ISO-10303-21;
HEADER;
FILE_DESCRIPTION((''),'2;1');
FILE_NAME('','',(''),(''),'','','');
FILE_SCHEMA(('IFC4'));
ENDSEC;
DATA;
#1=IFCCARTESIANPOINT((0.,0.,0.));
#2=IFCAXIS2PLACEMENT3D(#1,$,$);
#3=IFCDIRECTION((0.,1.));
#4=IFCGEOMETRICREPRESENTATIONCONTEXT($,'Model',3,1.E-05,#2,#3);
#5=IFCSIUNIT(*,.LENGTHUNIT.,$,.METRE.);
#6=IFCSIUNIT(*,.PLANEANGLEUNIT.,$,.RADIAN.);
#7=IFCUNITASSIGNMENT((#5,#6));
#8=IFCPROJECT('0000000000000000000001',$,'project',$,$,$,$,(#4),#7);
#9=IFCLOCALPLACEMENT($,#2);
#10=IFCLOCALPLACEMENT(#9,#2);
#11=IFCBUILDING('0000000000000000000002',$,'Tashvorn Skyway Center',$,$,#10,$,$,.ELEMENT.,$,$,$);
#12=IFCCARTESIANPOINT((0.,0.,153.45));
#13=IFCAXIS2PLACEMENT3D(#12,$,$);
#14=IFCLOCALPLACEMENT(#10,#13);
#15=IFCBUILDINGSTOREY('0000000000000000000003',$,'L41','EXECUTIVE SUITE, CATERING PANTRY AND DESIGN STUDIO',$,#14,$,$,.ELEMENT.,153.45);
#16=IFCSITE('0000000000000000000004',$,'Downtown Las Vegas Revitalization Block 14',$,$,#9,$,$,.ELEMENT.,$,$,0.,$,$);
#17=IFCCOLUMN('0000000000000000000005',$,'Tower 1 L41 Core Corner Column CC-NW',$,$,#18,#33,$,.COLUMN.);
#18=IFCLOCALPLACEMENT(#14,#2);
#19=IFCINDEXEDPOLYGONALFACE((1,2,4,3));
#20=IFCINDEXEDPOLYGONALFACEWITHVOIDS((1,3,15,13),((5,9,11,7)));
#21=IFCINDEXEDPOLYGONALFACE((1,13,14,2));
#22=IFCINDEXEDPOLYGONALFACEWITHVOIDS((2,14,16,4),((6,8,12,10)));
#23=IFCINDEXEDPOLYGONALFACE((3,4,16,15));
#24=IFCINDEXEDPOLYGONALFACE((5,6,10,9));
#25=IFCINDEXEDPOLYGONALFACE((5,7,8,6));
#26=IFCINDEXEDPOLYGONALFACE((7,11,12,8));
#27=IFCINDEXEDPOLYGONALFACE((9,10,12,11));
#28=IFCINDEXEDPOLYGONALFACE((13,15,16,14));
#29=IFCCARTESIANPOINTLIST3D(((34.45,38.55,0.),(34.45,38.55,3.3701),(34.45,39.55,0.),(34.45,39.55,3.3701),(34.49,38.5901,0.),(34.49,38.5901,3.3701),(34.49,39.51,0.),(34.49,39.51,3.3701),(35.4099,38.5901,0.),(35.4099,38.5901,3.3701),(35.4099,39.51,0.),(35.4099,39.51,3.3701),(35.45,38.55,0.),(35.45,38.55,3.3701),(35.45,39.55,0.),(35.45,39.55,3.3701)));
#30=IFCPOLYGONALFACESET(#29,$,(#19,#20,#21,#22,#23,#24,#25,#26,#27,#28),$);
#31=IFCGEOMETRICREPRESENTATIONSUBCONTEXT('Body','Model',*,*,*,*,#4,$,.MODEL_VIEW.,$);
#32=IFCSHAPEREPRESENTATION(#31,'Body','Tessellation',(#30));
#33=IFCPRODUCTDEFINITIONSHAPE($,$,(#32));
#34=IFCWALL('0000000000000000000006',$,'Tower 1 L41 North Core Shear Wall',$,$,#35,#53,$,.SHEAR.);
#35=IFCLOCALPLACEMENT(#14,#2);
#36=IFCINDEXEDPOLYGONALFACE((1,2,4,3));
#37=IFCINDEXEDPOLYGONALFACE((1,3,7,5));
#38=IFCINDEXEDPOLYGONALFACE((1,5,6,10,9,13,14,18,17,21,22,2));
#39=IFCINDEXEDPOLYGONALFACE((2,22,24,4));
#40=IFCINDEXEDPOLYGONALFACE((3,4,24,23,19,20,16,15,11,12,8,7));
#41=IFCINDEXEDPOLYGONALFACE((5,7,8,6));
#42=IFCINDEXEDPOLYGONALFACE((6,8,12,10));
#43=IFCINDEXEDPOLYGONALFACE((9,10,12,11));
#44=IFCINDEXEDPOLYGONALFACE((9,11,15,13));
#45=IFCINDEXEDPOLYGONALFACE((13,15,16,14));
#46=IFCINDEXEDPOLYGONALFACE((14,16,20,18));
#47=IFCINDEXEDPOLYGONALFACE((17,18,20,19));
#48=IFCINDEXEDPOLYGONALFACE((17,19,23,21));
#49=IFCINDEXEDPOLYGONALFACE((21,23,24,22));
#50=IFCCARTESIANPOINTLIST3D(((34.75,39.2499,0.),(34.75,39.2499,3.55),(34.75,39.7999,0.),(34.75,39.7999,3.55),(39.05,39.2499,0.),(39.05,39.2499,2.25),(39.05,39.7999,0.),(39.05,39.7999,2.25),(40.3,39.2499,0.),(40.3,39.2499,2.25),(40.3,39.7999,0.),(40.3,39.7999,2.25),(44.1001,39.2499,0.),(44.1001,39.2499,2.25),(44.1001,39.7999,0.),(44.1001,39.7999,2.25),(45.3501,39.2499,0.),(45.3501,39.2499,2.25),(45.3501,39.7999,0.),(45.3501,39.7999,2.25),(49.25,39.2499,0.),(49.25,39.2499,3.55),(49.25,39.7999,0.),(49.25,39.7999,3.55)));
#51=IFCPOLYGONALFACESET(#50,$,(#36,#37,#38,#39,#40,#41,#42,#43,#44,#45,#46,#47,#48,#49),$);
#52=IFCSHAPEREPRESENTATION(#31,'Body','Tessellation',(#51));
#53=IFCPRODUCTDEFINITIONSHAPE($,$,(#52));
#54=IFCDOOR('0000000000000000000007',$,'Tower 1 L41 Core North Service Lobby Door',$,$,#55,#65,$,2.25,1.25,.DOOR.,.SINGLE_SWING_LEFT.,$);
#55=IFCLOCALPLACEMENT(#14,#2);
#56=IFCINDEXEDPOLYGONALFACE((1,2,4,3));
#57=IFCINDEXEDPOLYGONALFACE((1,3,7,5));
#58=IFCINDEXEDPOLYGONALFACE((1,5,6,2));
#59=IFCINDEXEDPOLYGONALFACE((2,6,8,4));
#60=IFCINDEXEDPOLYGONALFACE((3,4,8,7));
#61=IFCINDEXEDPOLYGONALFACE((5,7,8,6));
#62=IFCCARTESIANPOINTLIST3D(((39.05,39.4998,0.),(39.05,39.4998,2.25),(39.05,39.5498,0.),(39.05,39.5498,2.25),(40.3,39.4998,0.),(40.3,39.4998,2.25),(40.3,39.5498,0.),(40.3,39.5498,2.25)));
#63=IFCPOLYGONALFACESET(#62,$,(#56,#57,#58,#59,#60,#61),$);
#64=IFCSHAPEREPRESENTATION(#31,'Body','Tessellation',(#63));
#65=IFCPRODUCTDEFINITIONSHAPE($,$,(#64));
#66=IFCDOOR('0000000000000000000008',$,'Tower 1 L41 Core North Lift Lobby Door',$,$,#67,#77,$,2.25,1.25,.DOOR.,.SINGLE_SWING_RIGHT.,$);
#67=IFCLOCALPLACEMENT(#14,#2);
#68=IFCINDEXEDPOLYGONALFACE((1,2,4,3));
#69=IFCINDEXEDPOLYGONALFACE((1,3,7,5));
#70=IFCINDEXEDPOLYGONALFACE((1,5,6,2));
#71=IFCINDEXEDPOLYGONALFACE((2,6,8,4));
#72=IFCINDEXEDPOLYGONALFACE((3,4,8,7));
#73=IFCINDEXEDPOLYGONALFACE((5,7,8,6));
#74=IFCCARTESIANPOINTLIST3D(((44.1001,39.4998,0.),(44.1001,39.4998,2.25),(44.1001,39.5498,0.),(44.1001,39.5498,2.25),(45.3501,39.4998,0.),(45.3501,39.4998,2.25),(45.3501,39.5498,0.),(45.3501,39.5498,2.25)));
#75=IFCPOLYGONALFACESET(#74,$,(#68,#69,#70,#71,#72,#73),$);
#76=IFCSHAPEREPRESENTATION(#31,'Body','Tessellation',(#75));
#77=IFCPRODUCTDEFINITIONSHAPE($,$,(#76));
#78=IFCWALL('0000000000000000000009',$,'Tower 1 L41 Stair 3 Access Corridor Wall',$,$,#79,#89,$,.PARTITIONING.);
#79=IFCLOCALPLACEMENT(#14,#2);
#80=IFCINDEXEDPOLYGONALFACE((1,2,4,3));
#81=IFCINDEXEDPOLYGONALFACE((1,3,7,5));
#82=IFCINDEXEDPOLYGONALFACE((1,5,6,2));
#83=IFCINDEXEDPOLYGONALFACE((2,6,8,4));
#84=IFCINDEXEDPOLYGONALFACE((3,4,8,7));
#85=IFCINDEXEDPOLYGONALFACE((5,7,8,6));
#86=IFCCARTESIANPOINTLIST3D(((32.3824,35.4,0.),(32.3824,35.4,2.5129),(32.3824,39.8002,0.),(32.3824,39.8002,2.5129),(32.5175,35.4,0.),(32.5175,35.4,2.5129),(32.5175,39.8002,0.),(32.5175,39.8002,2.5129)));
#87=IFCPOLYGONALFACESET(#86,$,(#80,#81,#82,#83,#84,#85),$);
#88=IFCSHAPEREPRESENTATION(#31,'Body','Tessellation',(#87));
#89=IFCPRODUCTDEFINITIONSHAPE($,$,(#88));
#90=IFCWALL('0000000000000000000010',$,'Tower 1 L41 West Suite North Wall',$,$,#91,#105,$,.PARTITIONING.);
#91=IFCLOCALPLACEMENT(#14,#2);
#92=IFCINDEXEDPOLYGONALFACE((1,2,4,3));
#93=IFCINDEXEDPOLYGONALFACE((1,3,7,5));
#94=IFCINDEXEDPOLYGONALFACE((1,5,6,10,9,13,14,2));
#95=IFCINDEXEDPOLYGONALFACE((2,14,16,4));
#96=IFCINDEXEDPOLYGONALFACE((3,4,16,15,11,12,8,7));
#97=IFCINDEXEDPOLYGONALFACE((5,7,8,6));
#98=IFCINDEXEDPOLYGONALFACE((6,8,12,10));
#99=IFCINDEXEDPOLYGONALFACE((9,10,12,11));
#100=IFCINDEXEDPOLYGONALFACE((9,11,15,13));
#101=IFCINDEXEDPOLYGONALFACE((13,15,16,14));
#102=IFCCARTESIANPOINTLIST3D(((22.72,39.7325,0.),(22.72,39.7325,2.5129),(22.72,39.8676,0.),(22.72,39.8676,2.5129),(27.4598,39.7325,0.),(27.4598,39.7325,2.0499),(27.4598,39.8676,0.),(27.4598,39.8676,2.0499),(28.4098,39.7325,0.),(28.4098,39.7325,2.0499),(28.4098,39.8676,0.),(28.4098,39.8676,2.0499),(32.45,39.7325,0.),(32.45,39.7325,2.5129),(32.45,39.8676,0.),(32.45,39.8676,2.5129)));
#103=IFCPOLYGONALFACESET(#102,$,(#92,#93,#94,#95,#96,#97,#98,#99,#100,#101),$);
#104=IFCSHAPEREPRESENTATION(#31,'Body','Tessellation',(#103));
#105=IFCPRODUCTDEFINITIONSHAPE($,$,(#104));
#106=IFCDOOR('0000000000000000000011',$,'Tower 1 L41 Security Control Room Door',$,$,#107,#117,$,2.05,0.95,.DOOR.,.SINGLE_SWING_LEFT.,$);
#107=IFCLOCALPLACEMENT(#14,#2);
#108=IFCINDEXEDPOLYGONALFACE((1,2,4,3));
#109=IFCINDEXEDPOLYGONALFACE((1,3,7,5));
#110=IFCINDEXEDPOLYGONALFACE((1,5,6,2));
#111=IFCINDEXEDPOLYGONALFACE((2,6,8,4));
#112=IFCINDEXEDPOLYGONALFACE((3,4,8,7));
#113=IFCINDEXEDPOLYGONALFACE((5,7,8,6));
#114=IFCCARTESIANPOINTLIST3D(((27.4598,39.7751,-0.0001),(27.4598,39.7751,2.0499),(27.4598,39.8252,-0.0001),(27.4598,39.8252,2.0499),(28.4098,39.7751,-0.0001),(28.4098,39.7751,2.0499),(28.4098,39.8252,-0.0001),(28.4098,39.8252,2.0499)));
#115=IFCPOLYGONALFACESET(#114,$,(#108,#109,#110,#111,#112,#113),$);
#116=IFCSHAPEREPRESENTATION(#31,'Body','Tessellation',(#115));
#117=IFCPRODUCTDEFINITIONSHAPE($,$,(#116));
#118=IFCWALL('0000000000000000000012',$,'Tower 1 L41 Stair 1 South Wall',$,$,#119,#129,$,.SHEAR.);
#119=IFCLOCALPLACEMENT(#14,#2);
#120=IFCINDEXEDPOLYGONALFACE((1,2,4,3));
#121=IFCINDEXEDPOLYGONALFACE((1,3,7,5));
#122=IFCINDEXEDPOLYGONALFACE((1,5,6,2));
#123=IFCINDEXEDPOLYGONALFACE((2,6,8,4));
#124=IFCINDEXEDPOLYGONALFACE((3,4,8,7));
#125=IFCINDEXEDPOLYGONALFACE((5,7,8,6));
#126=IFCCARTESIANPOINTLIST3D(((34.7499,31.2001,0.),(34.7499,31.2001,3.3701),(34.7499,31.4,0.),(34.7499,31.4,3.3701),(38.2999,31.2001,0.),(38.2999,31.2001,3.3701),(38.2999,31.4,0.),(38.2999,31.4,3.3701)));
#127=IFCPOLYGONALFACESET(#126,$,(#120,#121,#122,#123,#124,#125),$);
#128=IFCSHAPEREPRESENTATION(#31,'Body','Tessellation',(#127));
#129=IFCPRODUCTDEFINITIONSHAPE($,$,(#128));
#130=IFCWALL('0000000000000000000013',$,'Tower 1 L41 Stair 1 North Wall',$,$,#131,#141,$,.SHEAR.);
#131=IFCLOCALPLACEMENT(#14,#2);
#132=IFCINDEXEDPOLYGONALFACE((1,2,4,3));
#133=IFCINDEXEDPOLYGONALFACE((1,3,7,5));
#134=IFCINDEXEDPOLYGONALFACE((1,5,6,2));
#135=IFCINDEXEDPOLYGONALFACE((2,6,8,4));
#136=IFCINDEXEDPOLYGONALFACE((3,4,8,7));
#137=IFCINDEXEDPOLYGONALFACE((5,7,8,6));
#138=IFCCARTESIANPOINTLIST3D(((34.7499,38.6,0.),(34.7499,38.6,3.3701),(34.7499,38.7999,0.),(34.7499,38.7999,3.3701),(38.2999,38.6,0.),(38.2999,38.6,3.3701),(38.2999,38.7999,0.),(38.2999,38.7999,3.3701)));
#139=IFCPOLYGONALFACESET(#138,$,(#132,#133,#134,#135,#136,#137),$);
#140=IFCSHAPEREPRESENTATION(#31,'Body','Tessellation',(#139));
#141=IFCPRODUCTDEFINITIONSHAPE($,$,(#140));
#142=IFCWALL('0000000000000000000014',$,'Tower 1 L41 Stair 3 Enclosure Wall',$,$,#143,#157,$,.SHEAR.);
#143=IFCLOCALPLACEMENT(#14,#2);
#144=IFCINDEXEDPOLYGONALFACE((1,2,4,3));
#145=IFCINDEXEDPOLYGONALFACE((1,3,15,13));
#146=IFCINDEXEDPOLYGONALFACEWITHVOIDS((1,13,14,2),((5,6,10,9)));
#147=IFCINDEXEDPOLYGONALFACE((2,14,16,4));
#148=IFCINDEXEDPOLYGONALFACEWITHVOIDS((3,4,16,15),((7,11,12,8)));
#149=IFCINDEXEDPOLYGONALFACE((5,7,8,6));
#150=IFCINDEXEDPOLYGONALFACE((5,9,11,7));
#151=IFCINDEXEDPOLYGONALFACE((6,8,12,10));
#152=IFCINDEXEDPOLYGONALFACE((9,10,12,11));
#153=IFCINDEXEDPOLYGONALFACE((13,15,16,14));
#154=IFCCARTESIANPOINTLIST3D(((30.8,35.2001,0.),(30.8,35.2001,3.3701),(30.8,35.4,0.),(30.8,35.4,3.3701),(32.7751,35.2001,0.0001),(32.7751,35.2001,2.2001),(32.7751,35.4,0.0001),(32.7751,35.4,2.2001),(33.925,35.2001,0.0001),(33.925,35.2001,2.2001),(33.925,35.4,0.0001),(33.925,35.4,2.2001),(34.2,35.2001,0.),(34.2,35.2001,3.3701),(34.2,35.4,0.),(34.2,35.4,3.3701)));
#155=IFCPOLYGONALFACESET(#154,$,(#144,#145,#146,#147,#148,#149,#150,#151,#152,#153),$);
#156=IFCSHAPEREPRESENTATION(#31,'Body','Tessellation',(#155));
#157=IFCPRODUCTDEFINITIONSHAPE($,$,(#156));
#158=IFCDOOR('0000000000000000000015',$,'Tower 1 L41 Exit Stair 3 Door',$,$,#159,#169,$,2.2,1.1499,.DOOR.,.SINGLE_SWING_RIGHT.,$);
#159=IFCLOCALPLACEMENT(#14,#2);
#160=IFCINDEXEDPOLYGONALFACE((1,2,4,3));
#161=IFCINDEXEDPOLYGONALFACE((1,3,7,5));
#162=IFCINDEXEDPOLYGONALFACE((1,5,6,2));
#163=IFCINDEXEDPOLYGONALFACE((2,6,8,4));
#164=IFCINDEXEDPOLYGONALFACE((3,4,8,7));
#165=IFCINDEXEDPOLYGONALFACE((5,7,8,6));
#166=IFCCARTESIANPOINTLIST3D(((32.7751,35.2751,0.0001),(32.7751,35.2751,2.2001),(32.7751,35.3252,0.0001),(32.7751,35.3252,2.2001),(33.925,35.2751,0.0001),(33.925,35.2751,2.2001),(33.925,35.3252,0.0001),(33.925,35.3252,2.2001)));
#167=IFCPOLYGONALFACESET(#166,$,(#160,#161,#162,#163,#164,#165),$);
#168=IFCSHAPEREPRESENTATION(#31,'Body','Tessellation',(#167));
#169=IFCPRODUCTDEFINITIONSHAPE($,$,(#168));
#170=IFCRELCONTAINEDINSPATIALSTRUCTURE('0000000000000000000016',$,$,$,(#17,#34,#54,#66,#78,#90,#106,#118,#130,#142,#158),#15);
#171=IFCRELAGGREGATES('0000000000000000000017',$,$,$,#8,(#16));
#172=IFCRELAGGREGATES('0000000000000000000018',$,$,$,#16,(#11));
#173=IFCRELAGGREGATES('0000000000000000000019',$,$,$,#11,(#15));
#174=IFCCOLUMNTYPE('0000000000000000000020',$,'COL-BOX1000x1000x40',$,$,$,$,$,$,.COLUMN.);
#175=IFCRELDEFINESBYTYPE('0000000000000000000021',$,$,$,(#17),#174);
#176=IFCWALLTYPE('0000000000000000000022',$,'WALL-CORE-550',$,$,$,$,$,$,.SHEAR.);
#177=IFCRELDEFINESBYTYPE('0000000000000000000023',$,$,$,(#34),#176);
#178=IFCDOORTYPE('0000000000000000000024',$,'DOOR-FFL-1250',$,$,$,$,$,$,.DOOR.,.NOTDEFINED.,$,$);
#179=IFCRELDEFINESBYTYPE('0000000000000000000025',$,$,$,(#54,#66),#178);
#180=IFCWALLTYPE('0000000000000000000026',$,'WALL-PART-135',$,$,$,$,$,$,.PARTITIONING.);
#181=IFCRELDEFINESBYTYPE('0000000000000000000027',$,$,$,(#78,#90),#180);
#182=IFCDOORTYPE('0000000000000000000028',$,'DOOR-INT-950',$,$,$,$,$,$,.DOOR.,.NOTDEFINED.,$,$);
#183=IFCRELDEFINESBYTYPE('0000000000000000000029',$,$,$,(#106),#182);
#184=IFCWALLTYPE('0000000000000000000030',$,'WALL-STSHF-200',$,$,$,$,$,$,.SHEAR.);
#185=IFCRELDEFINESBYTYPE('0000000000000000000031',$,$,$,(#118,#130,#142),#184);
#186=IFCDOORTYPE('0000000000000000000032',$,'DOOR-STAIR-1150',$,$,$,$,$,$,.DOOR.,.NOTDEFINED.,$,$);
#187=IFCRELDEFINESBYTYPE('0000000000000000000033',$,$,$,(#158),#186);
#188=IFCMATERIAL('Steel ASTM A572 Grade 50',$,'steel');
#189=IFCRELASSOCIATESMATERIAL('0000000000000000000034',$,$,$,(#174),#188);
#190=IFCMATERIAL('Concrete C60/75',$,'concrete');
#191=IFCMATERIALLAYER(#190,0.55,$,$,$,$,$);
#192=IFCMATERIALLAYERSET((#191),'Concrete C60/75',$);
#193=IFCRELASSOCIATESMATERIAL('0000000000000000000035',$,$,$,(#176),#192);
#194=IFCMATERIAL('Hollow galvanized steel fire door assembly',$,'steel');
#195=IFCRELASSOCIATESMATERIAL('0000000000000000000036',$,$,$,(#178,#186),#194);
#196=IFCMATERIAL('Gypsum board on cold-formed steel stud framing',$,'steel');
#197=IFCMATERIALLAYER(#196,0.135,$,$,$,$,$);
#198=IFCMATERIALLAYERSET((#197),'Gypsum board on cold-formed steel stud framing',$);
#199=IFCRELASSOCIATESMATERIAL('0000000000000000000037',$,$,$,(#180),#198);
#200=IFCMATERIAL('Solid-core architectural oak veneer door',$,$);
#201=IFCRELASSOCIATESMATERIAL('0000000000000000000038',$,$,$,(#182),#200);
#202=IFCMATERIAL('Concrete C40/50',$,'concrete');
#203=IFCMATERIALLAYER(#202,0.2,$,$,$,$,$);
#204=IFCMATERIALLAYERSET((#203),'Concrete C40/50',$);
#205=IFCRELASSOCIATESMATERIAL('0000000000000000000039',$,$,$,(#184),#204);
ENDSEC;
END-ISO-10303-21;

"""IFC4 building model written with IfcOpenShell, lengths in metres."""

from ifc_helpers import new_model, si_unit, direction, frame, frame_2d, origin, origin_2d, place, context, subcontext, project, spatial, rectangle, hollow_rectangle, extrude, material, layer, layer_set, material_profile, profile_set, type_object, element, fill, save


model = new_model("IFC4")

# Units and contexts
model_context = context("Model", 3, precision=1e-05, world=origin(), true_north=direction((0.0, 1.0)))
body_context = subcontext(model_context, "Body", "Model", "MODEL_VIEW")
ifc_project = project(units=[si_unit("LENGTHUNIT", "METRE"), si_unit("PLANEANGLEUNIT", "RADIAN")], contexts=[model_context])

# Site, building, storey
site_placement = place(None, origin())
site = spatial("IfcSite", under=ifc_project, at=site_placement, Name="Downtown Las Vegas Revitalization Block 14", CompositionType="ELEMENT", RefElevation=0.0)
building_placement = place(site_placement, origin())
building = spatial("IfcBuilding", under=site, at=building_placement, Name="Tashvorn Skyway Center", CompositionType="ELEMENT")
storey_placement = place(building_placement, frame((0.0, 0.0, 153.45)))
storey = spatial("IfcBuildingStorey", under=building, at=storey_placement, Name="L41", Description="EXECUTIVE SUITE, CATERING PANTRY AND DESIGN STUDIO", CompositionType="ELEMENT", Elevation=153.45)

# Column
ifc_material_1 = material(Name="Steel ASTM A572 Grade 50", Category="steel")
ifc_material_profile = material_profile(ifc_material_1, hollow_rectangle(XDim=1.0, YDim=1.0, WallThickness=0.04, at=origin_2d()), Name="BOX1000x1000x40")
ifc_profile_set = profile_set([ifc_material_profile], Name="Steel ASTM A572 Grade 50")
column_type = type_object("IfcColumnType", Name="COL-BOX1000x1000x40", PredefinedType="COLUMN", material=ifc_profile_set)
column_placement = place(storey_placement, frame((34.95, 39.05, 0.0), z_axis=(0.0, 0.0, 1.0), x_axis=(1.0, 0.0, 0.0)))
element("IfcColumn", 1, at=column_placement, inside=storey, type_object=column_type, Name="Tower 1 L41 Core Corner Column CC-NW", PredefinedType="COLUMN", context=body_context, shape_type="SweptSolid", body=[
    extrude(hollow_rectangle(XDim=1.0, YDim=1.0, WallThickness=0.04, at=origin_2d()), origin(), (0.0, 0.0, 1.0), 3.3701),
])

# Wall, openings, doors
ifc_material_2 = material(Name="Concrete C60/75", Category="concrete")
ifc_layer_1 = layer(ifc_material_2, 0.55)
ifc_layer_set_1 = layer_set([ifc_layer_1], Name="Concrete C60/75")
wall_type_1 = type_object("IfcWallType", Name="WALL-CORE-550", PredefinedType="SHEAR", material=ifc_layer_set_1)
wall_1_placement = place(storey_placement, frame((34.75, 39.5249, 0.0), z_axis=(0.0, 0.0, 1.0), x_axis=(1.0, 0.0, 0.0)))
wall_1 = element("IfcWall", 2, at=wall_1_placement, inside=storey, type_object=wall_type_1, Name="Tower 1 L41 North Core Shear Wall", PredefinedType="SHEAR", context=body_context, shape_type="SweptSolid", body=[
    extrude(rectangle(XDim=14.5, YDim=0.55, at=frame_2d((7.25, 0.0))), origin(), (0.0, 0.0, 1.0), 3.55),
])
opening_1_placement = place(wall_1_placement, frame((4.3, 0.0, 0.0)))
opening_1 = element("IfcOpeningElement", 3, at=opening_1_placement, cuts=wall_1, PredefinedType="OPENING", context=body_context, shape_type="SweptSolid", body=[
    extrude(rectangle(XDim=1.25, YDim=2.25, at=frame_2d((0.625, 1.125))), frame((0.0, 0.2849, 0.0), z_axis=(0.0, -1.0, 0.0), x_axis=(1.0, 0.0, 0.0)), (0.0, 0.0, 1.0), 0.5701),
])
opening_2_placement = place(wall_1_placement, frame((9.3501, 0.0, 0.0)))
opening_2 = element("IfcOpeningElement", 4, at=opening_2_placement, cuts=wall_1, PredefinedType="OPENING", context=body_context, shape_type="SweptSolid", body=[
    extrude(rectangle(XDim=1.25, YDim=2.25, at=frame_2d((0.625, 1.125))), frame((0.0, 0.2849, 0.0), z_axis=(0.0, -1.0, 0.0), x_axis=(1.0, 0.0, 0.0)), (0.0, 0.0, 1.0), 0.5701),
])
ifc_material_3 = material(Name="Hollow galvanized steel fire door assembly", Category="steel")
door_type_1 = type_object("IfcDoorType", Name="DOOR-FFL-1250", OperationType="NOTDEFINED", PredefinedType="DOOR", material=ifc_material_3)
door_1_placement = place(opening_1_placement, origin())
door_1 = element("IfcDoor", 5, at=door_1_placement, inside=storey, type_object=door_type_1, Name="Tower 1 L41 Core North Service Lobby Door", OperationType="SINGLE_SWING_LEFT", OverallHeight=2.25, OverallWidth=1.25, PredefinedType="DOOR", context=body_context, shape_type="SweptSolid", body=[
    extrude(rectangle(XDim=1.25, YDim=2.25, at=frame_2d((0.625, 1.125))), frame((0.0, 0.0249, 0.0), z_axis=(0.0, -1.0, 0.0), x_axis=(1.0, 0.0, 0.0)), (0.0, 0.0, 1.0), 0.05),
])
fill(opening_1, door_1)
door_2_placement = place(opening_2_placement, origin())
door_2 = element("IfcDoor", 6, at=door_2_placement, inside=storey, type_object=door_type_1, Name="Tower 1 L41 Core North Lift Lobby Door", OperationType="SINGLE_SWING_RIGHT", OverallHeight=2.25, OverallWidth=1.25, PredefinedType="DOOR", context=body_context, shape_type="SweptSolid", body=[
    extrude(rectangle(XDim=1.25, YDim=2.25, at=frame_2d((0.625, 1.125))), frame((0.0, 0.0249, 0.0), z_axis=(0.0, -1.0, 0.0), x_axis=(1.0, 0.0, 0.0)), (0.0, 0.0, 1.0), 0.05),
])
fill(opening_2, door_2)

# Wall
ifc_material_4 = material(Name="Gypsum board on cold-formed steel stud framing", Category="steel")
ifc_layer_2 = layer(ifc_material_4, 0.135)
ifc_layer_set_2 = layer_set([ifc_layer_2], Name="Gypsum board on cold-formed steel stud framing")
wall_type_2 = type_object("IfcWallType", Name="WALL-PART-135", PredefinedType="PARTITIONING", material=ifc_layer_set_2)
wall_2_placement = place(storey_placement, frame((32.45, 35.3999, 0.0), z_axis=(0.0, 0.0, 1.0), x_axis=(0.0, 1.0, 0.0)))
element("IfcWall", 7, at=wall_2_placement, inside=storey, type_object=wall_type_2, Name="Tower 1 L41 Stair 3 Access Corridor Wall", PredefinedType="PARTITIONING", context=body_context, shape_type="SweptSolid", body=[
    extrude(rectangle(XDim=4.4001, YDim=0.135, at=frame_2d((2.2002, 0.0))), origin(), (0.0, 0.0, 1.0), 2.5129),
])

# Wall, opening, door
wall_3_placement = place(storey_placement, frame((32.45, 39.8, 0.0), z_axis=(0.0, 0.0, 1.0), x_axis=(-1.0, 0.0, 0.0)))
wall_3 = element("IfcWall", 8, at=wall_3_placement, inside=storey, type_object=wall_type_2, Name="Tower 1 L41 West Suite North Wall", PredefinedType="PARTITIONING", context=body_context, shape_type="SweptSolid", body=[
    extrude(rectangle(XDim=9.73, YDim=0.135, at=frame_2d((4.865, 0.0))), origin(), (0.0, 0.0, 1.0), 2.5129),
])
opening_3_placement = place(wall_3_placement, frame((4.04, 0.0, 0.0)))
opening_3 = element("IfcOpeningElement", 9, at=opening_3_placement, cuts=wall_3, PredefinedType="OPENING", context=body_context, shape_type="SweptSolid", body=[
    extrude(rectangle(XDim=0.95, YDim=2.05, at=frame_2d((0.4751, 1.0249))), frame((0.0, 0.0774, 0.0), z_axis=(0.0, -1.0, 0.0), x_axis=(1.0, 0.0, 0.0)), (0.0, 0.0, 1.0), 0.155),
])
ifc_material_5 = material(Name="Solid-core architectural oak veneer door")
door_type_2 = type_object("IfcDoorType", Name="DOOR-INT-950", OperationType="NOTDEFINED", PredefinedType="DOOR", material=ifc_material_5)
door_3_placement = place(opening_3_placement, origin())
door_3 = element("IfcDoor", 10, at=door_3_placement, inside=storey, type_object=door_type_2, Name="Tower 1 L41 Security Control Room Door", OperationType="SINGLE_SWING_LEFT", OverallHeight=2.05, OverallWidth=0.95, PredefinedType="DOOR", context=body_context, shape_type="SweptSolid", body=[
    extrude(rectangle(XDim=0.95, YDim=2.05, at=frame_2d((0.4751, 1.0249))), frame((0.0, 0.0249, 0.0), z_axis=(0.0, -1.0, 0.0), x_axis=(1.0, 0.0, 0.0)), (0.0, 0.0, 1.0), 0.05),
])
fill(opening_3, door_3)

# Walls
ifc_material_6 = material(Name="Concrete C40/50", Category="concrete")
ifc_layer_3 = layer(ifc_material_6, 0.2)
ifc_layer_set_3 = layer_set([ifc_layer_3], Name="Concrete C40/50")
wall_type_3 = type_object("IfcWallType", Name="WALL-STSHF-200", PredefinedType="SHEAR", material=ifc_layer_set_3)
for number, where, z_axis, x_axis, name in (
    (11, (34.75, 31.3, 0.0), (0.0, 0.0, 1.0), (1.0, 0.0, 0.0), "Tower 1 L41 Stair 1 South Wall"),
    (12, (34.75, 38.7, 0.0), (0.0, 0.0, 1.0), (1.0, 0.0, 0.0), "Tower 1 L41 Stair 1 North Wall"),
):
    element("IfcWall", number, at=place(storey_placement, frame(where, z_axis=z_axis, x_axis=x_axis)), inside=storey, type_object=wall_type_3, Name=name, PredefinedType="SHEAR", context=body_context, shape_type="SweptSolid", body=[
        extrude(rectangle(XDim=3.55, YDim=0.2, at=frame_2d((1.7749, 0.0))), origin(), (0.0, 0.0, 1.0), 3.3701),
    ])

# Wall, opening, door
wall_4_placement = place(storey_placement, frame((34.2, 35.3, 0.0), z_axis=(0.0, 0.0, 1.0), x_axis=(-1.0, 0.0, 0.0)))
wall_4 = element("IfcWall", 13, at=wall_4_placement, inside=storey, type_object=wall_type_3, Name="Tower 1 L41 Stair 3 Enclosure Wall", PredefinedType="SHEAR", context=body_context, shape_type="SweptSolid", body=[
    extrude(rectangle(XDim=3.3999, YDim=0.2, at=frame_2d((1.7, 0.0))), origin(), (0.0, 0.0, 1.0), 3.3701),
])
opening_4_placement = place(wall_4_placement, frame((0.2749, 0.0, 0.0)))
opening_4 = element("IfcOpeningElement", 14, at=opening_4_placement, cuts=wall_4, PredefinedType="OPENING", context=body_context, shape_type="SweptSolid", body=[
    extrude(rectangle(XDim=1.1499, YDim=2.2, at=frame_2d((0.575, 1.1001))), frame((0.0, 0.1099, 0.0), z_axis=(0.0, -1.0, 0.0), x_axis=(1.0, 0.0, 0.0)), (0.0, 0.0, 1.0), 0.22),
])
door_type_3 = type_object("IfcDoorType", Name="DOOR-STAIR-1150", OperationType="NOTDEFINED", PredefinedType="DOOR", material=ifc_material_3)
door_4_placement = place(opening_4_placement, origin())
door_4 = element("IfcDoor", 15, at=door_4_placement, inside=storey, type_object=door_type_3, Name="Tower 1 L41 Exit Stair 3 Door", OperationType="SINGLE_SWING_RIGHT", OverallHeight=2.2, OverallWidth=1.1499, PredefinedType="DOOR", context=body_context, shape_type="SweptSolid", body=[
    extrude(rectangle(XDim=1.1499, YDim=2.2, at=frame_2d((0.575, 1.1001))), frame((0.0, 0.0249, 0.0), z_axis=(0.0, -1.0, 0.0), x_axis=(1.0, 0.0, 0.0)), (0.0, 0.0, 1.0), 0.05),
])
fill(opening_4, door_4)

save(model, "model.ifc")
